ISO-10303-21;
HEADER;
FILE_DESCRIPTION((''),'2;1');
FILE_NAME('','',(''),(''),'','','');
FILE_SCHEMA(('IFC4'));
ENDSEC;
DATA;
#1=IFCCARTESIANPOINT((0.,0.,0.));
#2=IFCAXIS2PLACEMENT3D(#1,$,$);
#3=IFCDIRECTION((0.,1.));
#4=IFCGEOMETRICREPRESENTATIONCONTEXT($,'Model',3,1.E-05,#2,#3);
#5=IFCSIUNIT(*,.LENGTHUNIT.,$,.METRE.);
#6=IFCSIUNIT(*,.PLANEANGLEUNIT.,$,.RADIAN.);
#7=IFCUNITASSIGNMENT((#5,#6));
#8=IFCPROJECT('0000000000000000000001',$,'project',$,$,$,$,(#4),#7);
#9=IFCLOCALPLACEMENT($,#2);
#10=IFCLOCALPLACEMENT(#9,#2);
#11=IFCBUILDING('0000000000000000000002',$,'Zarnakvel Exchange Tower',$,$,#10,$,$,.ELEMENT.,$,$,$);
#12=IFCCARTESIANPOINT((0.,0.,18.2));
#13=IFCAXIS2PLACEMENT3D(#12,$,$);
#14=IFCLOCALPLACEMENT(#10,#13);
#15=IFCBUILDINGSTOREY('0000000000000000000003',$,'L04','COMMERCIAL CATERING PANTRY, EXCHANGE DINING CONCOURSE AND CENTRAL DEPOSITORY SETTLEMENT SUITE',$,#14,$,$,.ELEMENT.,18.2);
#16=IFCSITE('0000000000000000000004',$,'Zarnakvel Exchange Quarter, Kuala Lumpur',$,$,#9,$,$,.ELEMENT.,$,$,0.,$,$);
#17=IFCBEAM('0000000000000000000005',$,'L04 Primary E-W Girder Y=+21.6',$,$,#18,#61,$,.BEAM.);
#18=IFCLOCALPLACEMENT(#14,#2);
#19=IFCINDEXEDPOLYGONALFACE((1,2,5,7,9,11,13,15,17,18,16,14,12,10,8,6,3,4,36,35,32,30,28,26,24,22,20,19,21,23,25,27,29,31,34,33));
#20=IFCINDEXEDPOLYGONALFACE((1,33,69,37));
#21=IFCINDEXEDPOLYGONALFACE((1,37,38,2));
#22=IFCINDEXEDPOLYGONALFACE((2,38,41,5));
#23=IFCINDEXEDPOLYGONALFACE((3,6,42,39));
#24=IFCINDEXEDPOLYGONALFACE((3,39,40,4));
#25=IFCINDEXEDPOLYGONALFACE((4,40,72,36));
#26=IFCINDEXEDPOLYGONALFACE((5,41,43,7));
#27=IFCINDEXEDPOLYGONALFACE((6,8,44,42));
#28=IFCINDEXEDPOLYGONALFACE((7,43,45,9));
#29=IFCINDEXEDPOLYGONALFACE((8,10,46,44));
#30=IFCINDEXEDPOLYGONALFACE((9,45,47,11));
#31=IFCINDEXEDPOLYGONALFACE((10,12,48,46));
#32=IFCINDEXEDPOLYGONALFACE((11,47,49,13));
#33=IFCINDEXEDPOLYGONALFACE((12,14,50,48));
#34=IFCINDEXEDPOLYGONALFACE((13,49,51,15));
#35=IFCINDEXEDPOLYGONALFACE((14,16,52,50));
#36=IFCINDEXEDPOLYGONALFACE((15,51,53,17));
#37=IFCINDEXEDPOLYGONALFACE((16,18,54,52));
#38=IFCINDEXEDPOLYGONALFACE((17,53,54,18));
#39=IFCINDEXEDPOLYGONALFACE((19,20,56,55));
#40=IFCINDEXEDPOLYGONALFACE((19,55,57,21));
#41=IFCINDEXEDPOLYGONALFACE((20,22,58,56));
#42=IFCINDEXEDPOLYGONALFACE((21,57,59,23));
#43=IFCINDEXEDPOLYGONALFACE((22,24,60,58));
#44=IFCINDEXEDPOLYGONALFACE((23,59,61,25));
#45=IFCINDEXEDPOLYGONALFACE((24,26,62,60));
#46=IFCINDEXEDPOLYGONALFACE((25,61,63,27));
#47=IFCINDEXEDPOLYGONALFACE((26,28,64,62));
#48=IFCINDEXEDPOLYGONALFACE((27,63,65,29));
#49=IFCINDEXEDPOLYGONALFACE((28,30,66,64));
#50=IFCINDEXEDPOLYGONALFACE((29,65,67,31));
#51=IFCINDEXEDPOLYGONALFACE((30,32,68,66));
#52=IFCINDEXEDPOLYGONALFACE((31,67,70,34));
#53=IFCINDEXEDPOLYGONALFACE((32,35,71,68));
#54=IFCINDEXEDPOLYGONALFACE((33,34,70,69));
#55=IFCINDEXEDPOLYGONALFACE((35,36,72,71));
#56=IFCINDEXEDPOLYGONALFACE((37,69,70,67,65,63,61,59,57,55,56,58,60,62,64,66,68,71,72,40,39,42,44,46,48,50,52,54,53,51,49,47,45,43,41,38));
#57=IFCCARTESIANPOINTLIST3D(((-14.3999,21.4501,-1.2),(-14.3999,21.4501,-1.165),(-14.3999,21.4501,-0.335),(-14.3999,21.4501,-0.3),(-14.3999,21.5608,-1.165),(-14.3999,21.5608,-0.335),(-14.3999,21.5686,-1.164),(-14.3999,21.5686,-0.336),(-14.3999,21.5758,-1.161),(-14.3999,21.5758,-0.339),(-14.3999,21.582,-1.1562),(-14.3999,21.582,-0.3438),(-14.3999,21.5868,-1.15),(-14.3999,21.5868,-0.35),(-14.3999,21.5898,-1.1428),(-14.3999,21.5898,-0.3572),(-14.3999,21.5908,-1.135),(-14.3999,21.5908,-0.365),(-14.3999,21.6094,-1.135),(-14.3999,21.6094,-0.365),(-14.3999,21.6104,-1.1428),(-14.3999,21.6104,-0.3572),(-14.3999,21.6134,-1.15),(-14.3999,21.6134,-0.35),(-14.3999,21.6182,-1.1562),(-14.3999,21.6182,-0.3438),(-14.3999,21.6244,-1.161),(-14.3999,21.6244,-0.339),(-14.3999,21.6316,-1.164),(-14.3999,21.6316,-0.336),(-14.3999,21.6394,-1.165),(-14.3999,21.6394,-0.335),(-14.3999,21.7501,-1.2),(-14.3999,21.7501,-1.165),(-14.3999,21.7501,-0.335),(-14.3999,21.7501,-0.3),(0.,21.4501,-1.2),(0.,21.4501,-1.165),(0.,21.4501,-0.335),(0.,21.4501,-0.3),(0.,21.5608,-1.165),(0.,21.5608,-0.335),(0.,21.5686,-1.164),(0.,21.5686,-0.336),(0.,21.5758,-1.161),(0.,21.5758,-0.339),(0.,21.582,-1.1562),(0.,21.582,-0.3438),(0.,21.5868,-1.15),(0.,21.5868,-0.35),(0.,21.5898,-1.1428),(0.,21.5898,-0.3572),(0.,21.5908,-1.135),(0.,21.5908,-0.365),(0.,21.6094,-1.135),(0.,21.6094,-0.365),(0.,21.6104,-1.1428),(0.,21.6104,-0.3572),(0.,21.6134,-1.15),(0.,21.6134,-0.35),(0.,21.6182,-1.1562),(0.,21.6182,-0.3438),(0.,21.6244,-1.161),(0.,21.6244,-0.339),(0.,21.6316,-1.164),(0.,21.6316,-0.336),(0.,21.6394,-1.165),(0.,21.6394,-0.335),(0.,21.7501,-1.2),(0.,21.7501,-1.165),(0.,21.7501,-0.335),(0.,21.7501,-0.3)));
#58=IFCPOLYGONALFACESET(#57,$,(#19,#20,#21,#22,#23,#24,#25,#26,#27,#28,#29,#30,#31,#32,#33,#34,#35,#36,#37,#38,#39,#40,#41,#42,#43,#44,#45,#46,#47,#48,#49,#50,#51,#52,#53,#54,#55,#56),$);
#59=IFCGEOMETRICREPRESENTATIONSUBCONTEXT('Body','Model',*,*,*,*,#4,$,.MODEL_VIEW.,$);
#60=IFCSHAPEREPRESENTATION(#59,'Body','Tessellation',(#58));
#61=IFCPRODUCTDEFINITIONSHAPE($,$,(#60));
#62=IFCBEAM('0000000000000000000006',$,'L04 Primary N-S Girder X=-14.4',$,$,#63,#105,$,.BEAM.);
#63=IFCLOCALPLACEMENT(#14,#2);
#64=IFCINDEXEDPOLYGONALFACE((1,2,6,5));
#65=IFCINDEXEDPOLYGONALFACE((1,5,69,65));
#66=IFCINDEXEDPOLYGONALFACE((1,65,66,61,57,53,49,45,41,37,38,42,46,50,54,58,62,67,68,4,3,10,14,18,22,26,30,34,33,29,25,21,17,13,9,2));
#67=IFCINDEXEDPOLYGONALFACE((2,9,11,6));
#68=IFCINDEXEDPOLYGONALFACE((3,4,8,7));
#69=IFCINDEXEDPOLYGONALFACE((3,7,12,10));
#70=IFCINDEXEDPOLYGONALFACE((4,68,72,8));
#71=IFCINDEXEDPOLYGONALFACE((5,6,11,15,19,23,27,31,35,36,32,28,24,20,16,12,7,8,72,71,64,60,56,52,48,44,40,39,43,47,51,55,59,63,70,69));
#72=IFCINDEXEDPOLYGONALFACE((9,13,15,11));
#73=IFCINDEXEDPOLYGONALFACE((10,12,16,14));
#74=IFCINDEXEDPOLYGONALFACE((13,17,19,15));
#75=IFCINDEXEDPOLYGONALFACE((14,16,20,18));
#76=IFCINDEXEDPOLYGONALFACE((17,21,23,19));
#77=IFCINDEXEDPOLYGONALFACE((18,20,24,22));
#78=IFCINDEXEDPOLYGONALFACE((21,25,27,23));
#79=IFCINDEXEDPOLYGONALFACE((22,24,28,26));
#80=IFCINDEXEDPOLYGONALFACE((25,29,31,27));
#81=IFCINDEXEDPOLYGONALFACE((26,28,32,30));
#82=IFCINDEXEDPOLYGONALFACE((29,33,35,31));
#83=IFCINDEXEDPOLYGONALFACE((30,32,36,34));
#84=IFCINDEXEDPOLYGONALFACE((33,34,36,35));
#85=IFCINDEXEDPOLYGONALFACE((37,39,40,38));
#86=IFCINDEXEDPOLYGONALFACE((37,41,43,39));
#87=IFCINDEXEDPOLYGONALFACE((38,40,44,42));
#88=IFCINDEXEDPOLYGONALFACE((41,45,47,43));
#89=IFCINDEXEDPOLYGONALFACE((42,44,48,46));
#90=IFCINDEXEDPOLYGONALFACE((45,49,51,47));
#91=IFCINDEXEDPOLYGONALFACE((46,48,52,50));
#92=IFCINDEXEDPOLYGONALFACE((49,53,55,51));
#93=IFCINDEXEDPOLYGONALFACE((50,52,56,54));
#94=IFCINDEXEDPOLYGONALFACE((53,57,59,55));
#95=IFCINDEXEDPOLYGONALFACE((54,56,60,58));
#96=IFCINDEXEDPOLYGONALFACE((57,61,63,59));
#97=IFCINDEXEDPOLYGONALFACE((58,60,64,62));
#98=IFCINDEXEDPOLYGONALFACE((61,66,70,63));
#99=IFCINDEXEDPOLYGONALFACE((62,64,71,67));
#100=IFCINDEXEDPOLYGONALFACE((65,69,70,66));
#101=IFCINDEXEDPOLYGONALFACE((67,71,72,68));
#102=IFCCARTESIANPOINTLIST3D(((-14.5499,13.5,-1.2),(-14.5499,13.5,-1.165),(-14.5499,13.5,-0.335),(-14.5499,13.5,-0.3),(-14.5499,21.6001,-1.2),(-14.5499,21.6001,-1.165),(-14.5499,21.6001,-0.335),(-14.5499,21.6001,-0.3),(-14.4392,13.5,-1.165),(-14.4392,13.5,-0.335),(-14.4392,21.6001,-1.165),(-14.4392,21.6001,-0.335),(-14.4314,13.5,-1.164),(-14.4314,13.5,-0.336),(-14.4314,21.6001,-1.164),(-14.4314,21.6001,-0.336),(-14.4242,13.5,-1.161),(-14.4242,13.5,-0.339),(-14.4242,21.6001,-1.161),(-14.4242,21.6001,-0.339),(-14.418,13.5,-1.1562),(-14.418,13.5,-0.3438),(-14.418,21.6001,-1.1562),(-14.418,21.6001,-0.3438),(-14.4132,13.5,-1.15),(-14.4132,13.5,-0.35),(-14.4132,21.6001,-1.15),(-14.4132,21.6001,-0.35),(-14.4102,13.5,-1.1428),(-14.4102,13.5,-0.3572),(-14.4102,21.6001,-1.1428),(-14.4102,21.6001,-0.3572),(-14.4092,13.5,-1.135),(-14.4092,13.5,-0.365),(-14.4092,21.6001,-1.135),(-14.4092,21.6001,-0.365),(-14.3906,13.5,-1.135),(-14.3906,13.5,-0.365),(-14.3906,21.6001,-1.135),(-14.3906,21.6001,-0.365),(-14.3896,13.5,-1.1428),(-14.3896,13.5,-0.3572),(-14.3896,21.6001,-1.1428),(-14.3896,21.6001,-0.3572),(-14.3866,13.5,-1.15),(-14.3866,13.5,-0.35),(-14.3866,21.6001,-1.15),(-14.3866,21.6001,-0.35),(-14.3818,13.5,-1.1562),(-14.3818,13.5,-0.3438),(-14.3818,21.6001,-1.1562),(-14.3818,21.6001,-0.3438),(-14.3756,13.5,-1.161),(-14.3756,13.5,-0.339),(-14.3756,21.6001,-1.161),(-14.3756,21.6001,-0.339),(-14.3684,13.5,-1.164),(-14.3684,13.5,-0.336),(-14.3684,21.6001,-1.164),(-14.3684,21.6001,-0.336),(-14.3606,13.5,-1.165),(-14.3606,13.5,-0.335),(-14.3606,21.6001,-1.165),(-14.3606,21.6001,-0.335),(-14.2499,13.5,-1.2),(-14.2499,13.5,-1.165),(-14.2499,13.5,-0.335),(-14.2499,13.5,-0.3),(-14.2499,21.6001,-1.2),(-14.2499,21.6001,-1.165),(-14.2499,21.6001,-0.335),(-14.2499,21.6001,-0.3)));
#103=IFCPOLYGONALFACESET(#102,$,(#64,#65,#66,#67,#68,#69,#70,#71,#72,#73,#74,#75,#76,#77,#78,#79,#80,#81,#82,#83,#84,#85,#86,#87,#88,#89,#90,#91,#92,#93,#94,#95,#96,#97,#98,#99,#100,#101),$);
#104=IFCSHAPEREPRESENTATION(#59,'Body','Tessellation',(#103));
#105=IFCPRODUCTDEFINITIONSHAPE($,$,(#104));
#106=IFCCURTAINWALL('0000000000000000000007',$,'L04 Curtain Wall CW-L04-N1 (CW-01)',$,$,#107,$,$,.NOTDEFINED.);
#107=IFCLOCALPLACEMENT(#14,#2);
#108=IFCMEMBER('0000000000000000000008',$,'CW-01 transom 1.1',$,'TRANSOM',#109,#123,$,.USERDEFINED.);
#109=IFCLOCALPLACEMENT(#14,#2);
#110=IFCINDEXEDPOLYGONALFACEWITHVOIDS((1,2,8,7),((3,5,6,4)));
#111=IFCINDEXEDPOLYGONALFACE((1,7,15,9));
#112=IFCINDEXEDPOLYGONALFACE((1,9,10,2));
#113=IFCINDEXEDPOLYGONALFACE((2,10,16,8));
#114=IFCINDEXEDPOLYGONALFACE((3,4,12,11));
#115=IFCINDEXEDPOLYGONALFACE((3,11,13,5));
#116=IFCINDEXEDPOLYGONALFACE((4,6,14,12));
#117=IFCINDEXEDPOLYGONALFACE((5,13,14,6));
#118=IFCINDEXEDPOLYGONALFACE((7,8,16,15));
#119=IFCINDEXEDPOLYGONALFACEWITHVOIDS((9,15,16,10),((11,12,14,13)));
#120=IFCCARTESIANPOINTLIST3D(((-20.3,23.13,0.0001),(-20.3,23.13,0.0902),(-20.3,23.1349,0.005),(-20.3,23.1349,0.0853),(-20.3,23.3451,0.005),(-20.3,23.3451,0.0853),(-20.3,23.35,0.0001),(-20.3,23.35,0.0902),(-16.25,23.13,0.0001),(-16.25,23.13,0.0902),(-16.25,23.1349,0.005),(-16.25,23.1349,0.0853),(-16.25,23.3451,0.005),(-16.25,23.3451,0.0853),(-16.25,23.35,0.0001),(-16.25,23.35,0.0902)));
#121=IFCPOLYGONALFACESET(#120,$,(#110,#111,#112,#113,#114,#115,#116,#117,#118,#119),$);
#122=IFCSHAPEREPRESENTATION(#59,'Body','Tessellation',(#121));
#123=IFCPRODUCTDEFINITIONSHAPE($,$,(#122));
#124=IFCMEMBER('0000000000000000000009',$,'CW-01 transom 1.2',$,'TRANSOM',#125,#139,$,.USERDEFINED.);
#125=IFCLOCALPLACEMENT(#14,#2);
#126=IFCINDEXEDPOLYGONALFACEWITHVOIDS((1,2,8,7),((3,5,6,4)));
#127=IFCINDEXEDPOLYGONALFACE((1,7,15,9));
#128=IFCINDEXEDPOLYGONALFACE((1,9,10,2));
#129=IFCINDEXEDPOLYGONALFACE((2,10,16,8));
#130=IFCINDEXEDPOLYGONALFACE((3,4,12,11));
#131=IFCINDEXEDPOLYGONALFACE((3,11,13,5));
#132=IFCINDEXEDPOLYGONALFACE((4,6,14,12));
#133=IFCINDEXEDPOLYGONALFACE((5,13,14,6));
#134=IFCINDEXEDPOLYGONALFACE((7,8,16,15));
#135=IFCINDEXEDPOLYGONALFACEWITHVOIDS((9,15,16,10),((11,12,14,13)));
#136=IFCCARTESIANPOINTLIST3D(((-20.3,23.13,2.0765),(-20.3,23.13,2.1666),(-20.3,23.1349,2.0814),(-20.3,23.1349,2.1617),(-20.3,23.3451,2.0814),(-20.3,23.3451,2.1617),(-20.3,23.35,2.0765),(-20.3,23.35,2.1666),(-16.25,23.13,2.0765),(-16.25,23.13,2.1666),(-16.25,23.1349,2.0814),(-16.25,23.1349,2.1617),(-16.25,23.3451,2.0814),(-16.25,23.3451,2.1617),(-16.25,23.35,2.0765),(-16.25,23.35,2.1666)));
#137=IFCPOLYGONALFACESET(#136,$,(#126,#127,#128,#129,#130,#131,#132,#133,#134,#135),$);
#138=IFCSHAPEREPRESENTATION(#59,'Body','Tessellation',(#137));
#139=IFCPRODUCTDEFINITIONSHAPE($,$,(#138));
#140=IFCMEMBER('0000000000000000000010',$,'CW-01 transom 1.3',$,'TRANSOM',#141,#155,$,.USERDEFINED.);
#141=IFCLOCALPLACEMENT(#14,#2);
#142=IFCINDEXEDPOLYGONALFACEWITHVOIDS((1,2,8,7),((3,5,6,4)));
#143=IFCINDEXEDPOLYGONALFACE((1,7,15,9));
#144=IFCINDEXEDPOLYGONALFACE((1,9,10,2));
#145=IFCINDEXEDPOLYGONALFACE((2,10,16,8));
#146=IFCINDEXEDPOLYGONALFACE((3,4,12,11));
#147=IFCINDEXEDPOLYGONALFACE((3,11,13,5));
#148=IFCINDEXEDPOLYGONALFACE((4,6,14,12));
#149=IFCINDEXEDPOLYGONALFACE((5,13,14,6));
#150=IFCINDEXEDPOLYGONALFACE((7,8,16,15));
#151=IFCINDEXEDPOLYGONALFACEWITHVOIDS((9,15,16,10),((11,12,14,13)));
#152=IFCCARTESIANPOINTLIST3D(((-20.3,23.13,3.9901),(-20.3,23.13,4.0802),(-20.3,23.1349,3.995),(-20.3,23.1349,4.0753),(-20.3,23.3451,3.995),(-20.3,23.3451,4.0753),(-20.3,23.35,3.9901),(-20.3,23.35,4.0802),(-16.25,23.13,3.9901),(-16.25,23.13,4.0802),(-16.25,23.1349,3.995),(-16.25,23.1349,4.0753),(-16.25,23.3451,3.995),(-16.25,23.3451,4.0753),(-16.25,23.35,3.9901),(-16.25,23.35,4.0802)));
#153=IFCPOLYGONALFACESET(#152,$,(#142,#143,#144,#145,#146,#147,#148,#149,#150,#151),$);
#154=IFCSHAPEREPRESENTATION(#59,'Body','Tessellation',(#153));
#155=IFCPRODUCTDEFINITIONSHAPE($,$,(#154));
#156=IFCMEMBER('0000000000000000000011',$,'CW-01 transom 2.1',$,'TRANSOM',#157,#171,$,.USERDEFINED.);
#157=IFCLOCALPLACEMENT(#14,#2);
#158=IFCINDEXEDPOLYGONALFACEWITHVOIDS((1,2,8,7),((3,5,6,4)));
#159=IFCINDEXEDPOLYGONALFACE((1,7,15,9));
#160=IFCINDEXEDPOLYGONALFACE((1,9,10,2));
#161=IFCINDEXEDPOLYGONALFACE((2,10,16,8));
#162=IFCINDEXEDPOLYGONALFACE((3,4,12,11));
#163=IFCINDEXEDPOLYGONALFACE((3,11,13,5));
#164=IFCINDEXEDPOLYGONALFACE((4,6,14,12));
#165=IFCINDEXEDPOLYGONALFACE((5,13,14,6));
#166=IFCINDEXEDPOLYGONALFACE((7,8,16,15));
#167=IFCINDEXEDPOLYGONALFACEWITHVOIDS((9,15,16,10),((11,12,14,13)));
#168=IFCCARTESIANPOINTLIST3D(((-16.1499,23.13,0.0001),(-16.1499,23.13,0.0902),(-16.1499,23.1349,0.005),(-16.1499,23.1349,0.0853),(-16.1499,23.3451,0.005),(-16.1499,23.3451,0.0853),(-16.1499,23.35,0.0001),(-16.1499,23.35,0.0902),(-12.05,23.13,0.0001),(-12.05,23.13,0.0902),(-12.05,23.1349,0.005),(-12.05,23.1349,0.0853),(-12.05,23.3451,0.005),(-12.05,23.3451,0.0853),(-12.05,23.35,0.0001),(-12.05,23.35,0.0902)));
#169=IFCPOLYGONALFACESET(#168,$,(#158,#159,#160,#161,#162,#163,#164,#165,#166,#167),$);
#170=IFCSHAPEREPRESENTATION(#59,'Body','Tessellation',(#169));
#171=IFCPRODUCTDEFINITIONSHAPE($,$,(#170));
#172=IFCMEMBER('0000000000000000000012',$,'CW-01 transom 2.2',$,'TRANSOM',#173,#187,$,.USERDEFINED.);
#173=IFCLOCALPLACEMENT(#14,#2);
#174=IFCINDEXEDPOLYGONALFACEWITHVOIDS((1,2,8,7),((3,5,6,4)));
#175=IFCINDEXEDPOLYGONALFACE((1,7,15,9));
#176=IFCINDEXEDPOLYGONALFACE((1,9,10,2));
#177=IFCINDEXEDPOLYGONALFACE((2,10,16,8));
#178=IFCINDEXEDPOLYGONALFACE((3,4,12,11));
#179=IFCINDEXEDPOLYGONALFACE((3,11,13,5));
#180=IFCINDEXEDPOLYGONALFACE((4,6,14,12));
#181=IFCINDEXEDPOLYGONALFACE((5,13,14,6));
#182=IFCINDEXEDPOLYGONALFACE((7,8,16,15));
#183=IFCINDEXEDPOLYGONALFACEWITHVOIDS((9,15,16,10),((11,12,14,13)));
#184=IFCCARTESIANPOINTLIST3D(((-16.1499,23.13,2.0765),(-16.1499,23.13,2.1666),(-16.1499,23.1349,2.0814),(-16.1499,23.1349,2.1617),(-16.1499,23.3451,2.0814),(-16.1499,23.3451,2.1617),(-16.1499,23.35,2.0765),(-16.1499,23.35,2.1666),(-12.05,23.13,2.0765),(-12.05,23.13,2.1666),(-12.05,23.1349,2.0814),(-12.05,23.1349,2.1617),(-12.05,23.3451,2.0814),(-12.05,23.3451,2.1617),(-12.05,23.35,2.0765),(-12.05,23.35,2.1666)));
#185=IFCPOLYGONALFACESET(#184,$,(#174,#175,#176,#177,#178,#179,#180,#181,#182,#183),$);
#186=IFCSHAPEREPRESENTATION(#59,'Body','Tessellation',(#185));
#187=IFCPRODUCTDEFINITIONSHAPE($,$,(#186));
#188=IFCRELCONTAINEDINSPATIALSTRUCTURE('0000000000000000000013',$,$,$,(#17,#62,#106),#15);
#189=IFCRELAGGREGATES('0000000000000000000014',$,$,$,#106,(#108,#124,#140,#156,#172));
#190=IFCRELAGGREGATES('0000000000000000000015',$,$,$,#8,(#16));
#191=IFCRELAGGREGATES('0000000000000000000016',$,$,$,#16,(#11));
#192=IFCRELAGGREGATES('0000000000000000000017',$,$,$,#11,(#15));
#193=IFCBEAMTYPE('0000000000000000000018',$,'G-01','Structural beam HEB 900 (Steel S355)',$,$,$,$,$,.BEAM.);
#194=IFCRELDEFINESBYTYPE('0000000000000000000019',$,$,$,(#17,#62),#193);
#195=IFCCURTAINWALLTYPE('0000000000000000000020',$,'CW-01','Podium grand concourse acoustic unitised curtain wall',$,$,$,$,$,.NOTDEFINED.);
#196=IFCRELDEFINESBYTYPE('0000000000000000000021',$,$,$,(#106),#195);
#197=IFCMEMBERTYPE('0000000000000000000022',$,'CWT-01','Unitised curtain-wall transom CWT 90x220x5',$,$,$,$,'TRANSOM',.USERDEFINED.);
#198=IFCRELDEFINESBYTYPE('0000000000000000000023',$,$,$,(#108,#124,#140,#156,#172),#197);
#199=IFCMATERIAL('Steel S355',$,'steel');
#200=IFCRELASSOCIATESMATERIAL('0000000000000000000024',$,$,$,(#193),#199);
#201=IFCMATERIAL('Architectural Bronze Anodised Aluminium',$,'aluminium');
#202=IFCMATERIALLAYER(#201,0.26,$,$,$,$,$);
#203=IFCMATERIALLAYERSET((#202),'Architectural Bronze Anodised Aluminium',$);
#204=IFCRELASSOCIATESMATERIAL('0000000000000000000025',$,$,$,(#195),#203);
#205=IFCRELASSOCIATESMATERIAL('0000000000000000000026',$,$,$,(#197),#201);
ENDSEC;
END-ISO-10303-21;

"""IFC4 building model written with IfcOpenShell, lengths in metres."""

from ifc_helpers import new_model, si_unit, direction, frame, origin, origin_2d, place, context, subcontext, project, spatial, hollow_rectangle, i_section, extrude, source, transform, mapped, material, layer, layer_set, material_profile, profile_set, type_object, element, aggregate, save


model = new_model("IFC4")

# Units and contexts
model_context = context("Model", 3, precision=1e-05, world=origin(), true_north=direction((0.0, 1.0)))
body_context = subcontext(model_context, "Body", "Model", "MODEL_VIEW")
ifc_project = project(units=[si_unit("LENGTHUNIT", "METRE"), si_unit("PLANEANGLEUNIT", "RADIAN")], contexts=[model_context])

# Site, building, storey
site_placement = place(None, origin())
site = spatial("IfcSite", under=ifc_project, at=site_placement, Name="Zarnakvel Exchange Quarter, Kuala Lumpur", CompositionType="ELEMENT", RefElevation=0.0)
building_placement = place(site_placement, origin())
building = spatial("IfcBuilding", under=site, at=building_placement, Name="Zarnakvel Exchange Tower", CompositionType="ELEMENT")
storey_placement = place(building_placement, frame((0.0, 0.0, 18.2)))
storey = spatial("IfcBuildingStorey", under=building, at=storey_placement, Name="L04", Description="COMMERCIAL CATERING PANTRY, EXCHANGE DINING CONCOURSE AND CENTRAL DEPOSITORY SETTLEMENT SUITE", CompositionType="ELEMENT", Elevation=18.2)

# Beams
ifc_material_1 = material(Name="Steel S355", Category="steel")
ifc_material_profile_1 = material_profile(ifc_material_1, i_section(OverallWidth=0.3, OverallDepth=0.8999, WebThickness=0.0186, FlangeThickness=0.0349, FilletRadius=0.03, at=origin_2d()))
ifc_profile_set_1 = profile_set([ifc_material_profile_1], Name="Steel S355")
beam_type_1 = type_object("IfcBeamType", Name="G-01", Description="Structural beam HEB 900 (Steel S355)", PredefinedType="BEAM", material=ifc_profile_set_1)
beam_1_placement = place(storey_placement, frame((-14.3999, 21.6001, -0.75), z_axis=(1.0, 0.0, 0.0), x_axis=(0.0, 1.0, 0.0)))
element("IfcBeam", 1, at=beam_1_placement, inside=storey, type_object=beam_type_1, Name="L04 Primary E-W Girder Y=+21.6", PredefinedType="BEAM", context=body_context, shape_type="SweptSolid", body=[
    extrude(i_section(OverallWidth=0.3, OverallDepth=0.8999, WebThickness=0.0186, FlangeThickness=0.0349, FilletRadius=0.03, at=origin_2d()), origin(), (0.0, 0.0, 1.0), 14.3999),
])
beam_2_placement = place(storey_placement, frame((-14.3999, 13.5, -0.75), z_axis=(0.0, 1.0, 0.0), x_axis=(-1.0, 0.0, 0.0)))
element("IfcBeam", 2, at=beam_2_placement, inside=storey, type_object=beam_type_1, Name="L04 Primary N-S Girder X=-14.4", PredefinedType="BEAM", context=body_context, shape_type="SweptSolid", body=[
    extrude(i_section(OverallWidth=0.3, OverallDepth=0.8999, WebThickness=0.0186, FlangeThickness=0.0349, FilletRadius=0.03, at=origin_2d()), origin(), (0.0, 0.0, 1.0), 8.1001),
])

# Curtain wall, members
ifc_material_2 = material(Name="Architectural Bronze Anodised Aluminium", Category="aluminium")
ifc_layer_1 = layer(ifc_material_2, 0.26)
ifc_layer_set_1 = layer_set([ifc_layer_1], Name="Architectural Bronze Anodised Aluminium")
curtain_wall_type = type_object("IfcCurtainWallType", Name="CW-01", Description="Podium grand concourse acoustic unitised curtain wall", PredefinedType="NOTDEFINED", material=ifc_layer_set_1)
curtain_wall_placement = place(storey_placement, origin())
curtain_wall = element("IfcCurtainWall", 3, at=curtain_wall_placement, inside=storey, type_object=curtain_wall_type, Name="L04 Curtain Wall CW-L04-N1 (CW-01)", PredefinedType="NOTDEFINED")
ifc_material_profile_2 = material_profile(ifc_material_2, hollow_rectangle(XDim=0.22, YDim=0.0901, WallThickness=0.0049, at=origin_2d()))
ifc_profile_set_2 = profile_set([ifc_material_profile_2], Name="Architectural Bronze Anodised Aluminium")
member_type_1 = type_object("IfcMemberType", Name="CWT-01", Description="Unitised curtain-wall transom CWT 90x220x5", ElementType="TRANSOM", PredefinedType="USERDEFINED", material=ifc_profile_set_2)
shared_shape_1 = source(origin(), body_context, "Body", "SweptSolid", [
    extrude(hollow_rectangle(XDim=0.22, YDim=0.0901, WallThickness=0.0049, at=origin_2d()), origin(), (0.0, 0.0, 1.0), 4.05),
])
member_1_placement = place(storey_placement, frame((-20.3, 23.24, 0.0452), z_axis=(1.0, 0.0, 0.0), x_axis=(0.0, 1.0, 0.0)))
member_1 = element("IfcMember", 4, at=member_1_placement, type_object=member_type_1, Name="CW-01 transom 1.1", ObjectType="TRANSOM", PredefinedType="USERDEFINED", context=body_context, shape_type="MappedRepresentation", body=[
    mapped(shared_shape_1, transform((0.0, 0.0, 0.0), x_axis=(1.0, 0.0, 0.0), y_axis=(0.0, 1.0, 0.0), z_axis=(0.0, 0.0, 1.0), scale=1.0)),
])
member_2_placement = place(storey_placement, frame((-20.3, 23.24, 2.1216), z_axis=(1.0, 0.0, 0.0), x_axis=(0.0, 1.0, 0.0)))
member_2 = element("IfcMember", 5, at=member_2_placement, type_object=member_type_1, Name="CW-01 transom 1.2", ObjectType="TRANSOM", PredefinedType="USERDEFINED", context=body_context, shape_type="MappedRepresentation", body=[
    mapped(shared_shape_1, transform((0.0, 0.0, 0.0), x_axis=(1.0, 0.0, 0.0), y_axis=(0.0, 1.0, 0.0), z_axis=(0.0, 0.0, 1.0), scale=1.0)),
])
member_3_placement = place(storey_placement, frame((-20.3, 23.24, 4.0352), z_axis=(1.0, 0.0, 0.0), x_axis=(0.0, 1.0, 0.0)))
member_3 = element("IfcMember", 6, at=member_3_placement, type_object=member_type_1, Name="CW-01 transom 1.3", ObjectType="TRANSOM", PredefinedType="USERDEFINED", context=body_context, shape_type="MappedRepresentation", body=[
    mapped(shared_shape_1, transform((0.0, 0.0, 0.0), x_axis=(1.0, 0.0, 0.0), y_axis=(0.0, 1.0, 0.0), z_axis=(0.0, 0.0, 1.0), scale=1.0)),
])
shared_shape_2 = source(origin(), body_context, "Body", "SweptSolid", [
    extrude(hollow_rectangle(XDim=0.22, YDim=0.0901, WallThickness=0.0049, at=origin_2d()), origin(), (0.0, 0.0, 1.0), 4.0999),
])
member_4_placement = place(storey_placement, frame((-16.1499, 23.24, 0.0452), z_axis=(1.0, 0.0, 0.0), x_axis=(0.0, 1.0, 0.0)))
member_4 = element("IfcMember", 7, at=member_4_placement, type_object=member_type_1, Name="CW-01 transom 2.1", ObjectType="TRANSOM", PredefinedType="USERDEFINED", context=body_context, shape_type="MappedRepresentation", body=[
    mapped(shared_shape_2, transform((0.0, 0.0, 0.0), x_axis=(1.0, 0.0, 0.0), y_axis=(0.0, 1.0, 0.0), z_axis=(0.0, 0.0, 1.0), scale=1.0)),
])
member_5_placement = place(storey_placement, frame((-16.1499, 23.24, 2.1216), z_axis=(1.0, 0.0, 0.0), x_axis=(0.0, 1.0, 0.0)))
member_5 = element("IfcMember", 8, at=member_5_placement, type_object=member_type_1, Name="CW-01 transom 2.2", ObjectType="TRANSOM", PredefinedType="USERDEFINED", context=body_context, shape_type="MappedRepresentation", body=[
    mapped(shared_shape_2, transform((0.0, 0.0, 0.0), x_axis=(1.0, 0.0, 0.0), y_axis=(0.0, 1.0, 0.0), z_axis=(0.0, 0.0, 1.0), scale=1.0)),
])
aggregate(curtain_wall, [member_1, member_2, member_3, member_4, member_5])

save(model, "model.ifc")
